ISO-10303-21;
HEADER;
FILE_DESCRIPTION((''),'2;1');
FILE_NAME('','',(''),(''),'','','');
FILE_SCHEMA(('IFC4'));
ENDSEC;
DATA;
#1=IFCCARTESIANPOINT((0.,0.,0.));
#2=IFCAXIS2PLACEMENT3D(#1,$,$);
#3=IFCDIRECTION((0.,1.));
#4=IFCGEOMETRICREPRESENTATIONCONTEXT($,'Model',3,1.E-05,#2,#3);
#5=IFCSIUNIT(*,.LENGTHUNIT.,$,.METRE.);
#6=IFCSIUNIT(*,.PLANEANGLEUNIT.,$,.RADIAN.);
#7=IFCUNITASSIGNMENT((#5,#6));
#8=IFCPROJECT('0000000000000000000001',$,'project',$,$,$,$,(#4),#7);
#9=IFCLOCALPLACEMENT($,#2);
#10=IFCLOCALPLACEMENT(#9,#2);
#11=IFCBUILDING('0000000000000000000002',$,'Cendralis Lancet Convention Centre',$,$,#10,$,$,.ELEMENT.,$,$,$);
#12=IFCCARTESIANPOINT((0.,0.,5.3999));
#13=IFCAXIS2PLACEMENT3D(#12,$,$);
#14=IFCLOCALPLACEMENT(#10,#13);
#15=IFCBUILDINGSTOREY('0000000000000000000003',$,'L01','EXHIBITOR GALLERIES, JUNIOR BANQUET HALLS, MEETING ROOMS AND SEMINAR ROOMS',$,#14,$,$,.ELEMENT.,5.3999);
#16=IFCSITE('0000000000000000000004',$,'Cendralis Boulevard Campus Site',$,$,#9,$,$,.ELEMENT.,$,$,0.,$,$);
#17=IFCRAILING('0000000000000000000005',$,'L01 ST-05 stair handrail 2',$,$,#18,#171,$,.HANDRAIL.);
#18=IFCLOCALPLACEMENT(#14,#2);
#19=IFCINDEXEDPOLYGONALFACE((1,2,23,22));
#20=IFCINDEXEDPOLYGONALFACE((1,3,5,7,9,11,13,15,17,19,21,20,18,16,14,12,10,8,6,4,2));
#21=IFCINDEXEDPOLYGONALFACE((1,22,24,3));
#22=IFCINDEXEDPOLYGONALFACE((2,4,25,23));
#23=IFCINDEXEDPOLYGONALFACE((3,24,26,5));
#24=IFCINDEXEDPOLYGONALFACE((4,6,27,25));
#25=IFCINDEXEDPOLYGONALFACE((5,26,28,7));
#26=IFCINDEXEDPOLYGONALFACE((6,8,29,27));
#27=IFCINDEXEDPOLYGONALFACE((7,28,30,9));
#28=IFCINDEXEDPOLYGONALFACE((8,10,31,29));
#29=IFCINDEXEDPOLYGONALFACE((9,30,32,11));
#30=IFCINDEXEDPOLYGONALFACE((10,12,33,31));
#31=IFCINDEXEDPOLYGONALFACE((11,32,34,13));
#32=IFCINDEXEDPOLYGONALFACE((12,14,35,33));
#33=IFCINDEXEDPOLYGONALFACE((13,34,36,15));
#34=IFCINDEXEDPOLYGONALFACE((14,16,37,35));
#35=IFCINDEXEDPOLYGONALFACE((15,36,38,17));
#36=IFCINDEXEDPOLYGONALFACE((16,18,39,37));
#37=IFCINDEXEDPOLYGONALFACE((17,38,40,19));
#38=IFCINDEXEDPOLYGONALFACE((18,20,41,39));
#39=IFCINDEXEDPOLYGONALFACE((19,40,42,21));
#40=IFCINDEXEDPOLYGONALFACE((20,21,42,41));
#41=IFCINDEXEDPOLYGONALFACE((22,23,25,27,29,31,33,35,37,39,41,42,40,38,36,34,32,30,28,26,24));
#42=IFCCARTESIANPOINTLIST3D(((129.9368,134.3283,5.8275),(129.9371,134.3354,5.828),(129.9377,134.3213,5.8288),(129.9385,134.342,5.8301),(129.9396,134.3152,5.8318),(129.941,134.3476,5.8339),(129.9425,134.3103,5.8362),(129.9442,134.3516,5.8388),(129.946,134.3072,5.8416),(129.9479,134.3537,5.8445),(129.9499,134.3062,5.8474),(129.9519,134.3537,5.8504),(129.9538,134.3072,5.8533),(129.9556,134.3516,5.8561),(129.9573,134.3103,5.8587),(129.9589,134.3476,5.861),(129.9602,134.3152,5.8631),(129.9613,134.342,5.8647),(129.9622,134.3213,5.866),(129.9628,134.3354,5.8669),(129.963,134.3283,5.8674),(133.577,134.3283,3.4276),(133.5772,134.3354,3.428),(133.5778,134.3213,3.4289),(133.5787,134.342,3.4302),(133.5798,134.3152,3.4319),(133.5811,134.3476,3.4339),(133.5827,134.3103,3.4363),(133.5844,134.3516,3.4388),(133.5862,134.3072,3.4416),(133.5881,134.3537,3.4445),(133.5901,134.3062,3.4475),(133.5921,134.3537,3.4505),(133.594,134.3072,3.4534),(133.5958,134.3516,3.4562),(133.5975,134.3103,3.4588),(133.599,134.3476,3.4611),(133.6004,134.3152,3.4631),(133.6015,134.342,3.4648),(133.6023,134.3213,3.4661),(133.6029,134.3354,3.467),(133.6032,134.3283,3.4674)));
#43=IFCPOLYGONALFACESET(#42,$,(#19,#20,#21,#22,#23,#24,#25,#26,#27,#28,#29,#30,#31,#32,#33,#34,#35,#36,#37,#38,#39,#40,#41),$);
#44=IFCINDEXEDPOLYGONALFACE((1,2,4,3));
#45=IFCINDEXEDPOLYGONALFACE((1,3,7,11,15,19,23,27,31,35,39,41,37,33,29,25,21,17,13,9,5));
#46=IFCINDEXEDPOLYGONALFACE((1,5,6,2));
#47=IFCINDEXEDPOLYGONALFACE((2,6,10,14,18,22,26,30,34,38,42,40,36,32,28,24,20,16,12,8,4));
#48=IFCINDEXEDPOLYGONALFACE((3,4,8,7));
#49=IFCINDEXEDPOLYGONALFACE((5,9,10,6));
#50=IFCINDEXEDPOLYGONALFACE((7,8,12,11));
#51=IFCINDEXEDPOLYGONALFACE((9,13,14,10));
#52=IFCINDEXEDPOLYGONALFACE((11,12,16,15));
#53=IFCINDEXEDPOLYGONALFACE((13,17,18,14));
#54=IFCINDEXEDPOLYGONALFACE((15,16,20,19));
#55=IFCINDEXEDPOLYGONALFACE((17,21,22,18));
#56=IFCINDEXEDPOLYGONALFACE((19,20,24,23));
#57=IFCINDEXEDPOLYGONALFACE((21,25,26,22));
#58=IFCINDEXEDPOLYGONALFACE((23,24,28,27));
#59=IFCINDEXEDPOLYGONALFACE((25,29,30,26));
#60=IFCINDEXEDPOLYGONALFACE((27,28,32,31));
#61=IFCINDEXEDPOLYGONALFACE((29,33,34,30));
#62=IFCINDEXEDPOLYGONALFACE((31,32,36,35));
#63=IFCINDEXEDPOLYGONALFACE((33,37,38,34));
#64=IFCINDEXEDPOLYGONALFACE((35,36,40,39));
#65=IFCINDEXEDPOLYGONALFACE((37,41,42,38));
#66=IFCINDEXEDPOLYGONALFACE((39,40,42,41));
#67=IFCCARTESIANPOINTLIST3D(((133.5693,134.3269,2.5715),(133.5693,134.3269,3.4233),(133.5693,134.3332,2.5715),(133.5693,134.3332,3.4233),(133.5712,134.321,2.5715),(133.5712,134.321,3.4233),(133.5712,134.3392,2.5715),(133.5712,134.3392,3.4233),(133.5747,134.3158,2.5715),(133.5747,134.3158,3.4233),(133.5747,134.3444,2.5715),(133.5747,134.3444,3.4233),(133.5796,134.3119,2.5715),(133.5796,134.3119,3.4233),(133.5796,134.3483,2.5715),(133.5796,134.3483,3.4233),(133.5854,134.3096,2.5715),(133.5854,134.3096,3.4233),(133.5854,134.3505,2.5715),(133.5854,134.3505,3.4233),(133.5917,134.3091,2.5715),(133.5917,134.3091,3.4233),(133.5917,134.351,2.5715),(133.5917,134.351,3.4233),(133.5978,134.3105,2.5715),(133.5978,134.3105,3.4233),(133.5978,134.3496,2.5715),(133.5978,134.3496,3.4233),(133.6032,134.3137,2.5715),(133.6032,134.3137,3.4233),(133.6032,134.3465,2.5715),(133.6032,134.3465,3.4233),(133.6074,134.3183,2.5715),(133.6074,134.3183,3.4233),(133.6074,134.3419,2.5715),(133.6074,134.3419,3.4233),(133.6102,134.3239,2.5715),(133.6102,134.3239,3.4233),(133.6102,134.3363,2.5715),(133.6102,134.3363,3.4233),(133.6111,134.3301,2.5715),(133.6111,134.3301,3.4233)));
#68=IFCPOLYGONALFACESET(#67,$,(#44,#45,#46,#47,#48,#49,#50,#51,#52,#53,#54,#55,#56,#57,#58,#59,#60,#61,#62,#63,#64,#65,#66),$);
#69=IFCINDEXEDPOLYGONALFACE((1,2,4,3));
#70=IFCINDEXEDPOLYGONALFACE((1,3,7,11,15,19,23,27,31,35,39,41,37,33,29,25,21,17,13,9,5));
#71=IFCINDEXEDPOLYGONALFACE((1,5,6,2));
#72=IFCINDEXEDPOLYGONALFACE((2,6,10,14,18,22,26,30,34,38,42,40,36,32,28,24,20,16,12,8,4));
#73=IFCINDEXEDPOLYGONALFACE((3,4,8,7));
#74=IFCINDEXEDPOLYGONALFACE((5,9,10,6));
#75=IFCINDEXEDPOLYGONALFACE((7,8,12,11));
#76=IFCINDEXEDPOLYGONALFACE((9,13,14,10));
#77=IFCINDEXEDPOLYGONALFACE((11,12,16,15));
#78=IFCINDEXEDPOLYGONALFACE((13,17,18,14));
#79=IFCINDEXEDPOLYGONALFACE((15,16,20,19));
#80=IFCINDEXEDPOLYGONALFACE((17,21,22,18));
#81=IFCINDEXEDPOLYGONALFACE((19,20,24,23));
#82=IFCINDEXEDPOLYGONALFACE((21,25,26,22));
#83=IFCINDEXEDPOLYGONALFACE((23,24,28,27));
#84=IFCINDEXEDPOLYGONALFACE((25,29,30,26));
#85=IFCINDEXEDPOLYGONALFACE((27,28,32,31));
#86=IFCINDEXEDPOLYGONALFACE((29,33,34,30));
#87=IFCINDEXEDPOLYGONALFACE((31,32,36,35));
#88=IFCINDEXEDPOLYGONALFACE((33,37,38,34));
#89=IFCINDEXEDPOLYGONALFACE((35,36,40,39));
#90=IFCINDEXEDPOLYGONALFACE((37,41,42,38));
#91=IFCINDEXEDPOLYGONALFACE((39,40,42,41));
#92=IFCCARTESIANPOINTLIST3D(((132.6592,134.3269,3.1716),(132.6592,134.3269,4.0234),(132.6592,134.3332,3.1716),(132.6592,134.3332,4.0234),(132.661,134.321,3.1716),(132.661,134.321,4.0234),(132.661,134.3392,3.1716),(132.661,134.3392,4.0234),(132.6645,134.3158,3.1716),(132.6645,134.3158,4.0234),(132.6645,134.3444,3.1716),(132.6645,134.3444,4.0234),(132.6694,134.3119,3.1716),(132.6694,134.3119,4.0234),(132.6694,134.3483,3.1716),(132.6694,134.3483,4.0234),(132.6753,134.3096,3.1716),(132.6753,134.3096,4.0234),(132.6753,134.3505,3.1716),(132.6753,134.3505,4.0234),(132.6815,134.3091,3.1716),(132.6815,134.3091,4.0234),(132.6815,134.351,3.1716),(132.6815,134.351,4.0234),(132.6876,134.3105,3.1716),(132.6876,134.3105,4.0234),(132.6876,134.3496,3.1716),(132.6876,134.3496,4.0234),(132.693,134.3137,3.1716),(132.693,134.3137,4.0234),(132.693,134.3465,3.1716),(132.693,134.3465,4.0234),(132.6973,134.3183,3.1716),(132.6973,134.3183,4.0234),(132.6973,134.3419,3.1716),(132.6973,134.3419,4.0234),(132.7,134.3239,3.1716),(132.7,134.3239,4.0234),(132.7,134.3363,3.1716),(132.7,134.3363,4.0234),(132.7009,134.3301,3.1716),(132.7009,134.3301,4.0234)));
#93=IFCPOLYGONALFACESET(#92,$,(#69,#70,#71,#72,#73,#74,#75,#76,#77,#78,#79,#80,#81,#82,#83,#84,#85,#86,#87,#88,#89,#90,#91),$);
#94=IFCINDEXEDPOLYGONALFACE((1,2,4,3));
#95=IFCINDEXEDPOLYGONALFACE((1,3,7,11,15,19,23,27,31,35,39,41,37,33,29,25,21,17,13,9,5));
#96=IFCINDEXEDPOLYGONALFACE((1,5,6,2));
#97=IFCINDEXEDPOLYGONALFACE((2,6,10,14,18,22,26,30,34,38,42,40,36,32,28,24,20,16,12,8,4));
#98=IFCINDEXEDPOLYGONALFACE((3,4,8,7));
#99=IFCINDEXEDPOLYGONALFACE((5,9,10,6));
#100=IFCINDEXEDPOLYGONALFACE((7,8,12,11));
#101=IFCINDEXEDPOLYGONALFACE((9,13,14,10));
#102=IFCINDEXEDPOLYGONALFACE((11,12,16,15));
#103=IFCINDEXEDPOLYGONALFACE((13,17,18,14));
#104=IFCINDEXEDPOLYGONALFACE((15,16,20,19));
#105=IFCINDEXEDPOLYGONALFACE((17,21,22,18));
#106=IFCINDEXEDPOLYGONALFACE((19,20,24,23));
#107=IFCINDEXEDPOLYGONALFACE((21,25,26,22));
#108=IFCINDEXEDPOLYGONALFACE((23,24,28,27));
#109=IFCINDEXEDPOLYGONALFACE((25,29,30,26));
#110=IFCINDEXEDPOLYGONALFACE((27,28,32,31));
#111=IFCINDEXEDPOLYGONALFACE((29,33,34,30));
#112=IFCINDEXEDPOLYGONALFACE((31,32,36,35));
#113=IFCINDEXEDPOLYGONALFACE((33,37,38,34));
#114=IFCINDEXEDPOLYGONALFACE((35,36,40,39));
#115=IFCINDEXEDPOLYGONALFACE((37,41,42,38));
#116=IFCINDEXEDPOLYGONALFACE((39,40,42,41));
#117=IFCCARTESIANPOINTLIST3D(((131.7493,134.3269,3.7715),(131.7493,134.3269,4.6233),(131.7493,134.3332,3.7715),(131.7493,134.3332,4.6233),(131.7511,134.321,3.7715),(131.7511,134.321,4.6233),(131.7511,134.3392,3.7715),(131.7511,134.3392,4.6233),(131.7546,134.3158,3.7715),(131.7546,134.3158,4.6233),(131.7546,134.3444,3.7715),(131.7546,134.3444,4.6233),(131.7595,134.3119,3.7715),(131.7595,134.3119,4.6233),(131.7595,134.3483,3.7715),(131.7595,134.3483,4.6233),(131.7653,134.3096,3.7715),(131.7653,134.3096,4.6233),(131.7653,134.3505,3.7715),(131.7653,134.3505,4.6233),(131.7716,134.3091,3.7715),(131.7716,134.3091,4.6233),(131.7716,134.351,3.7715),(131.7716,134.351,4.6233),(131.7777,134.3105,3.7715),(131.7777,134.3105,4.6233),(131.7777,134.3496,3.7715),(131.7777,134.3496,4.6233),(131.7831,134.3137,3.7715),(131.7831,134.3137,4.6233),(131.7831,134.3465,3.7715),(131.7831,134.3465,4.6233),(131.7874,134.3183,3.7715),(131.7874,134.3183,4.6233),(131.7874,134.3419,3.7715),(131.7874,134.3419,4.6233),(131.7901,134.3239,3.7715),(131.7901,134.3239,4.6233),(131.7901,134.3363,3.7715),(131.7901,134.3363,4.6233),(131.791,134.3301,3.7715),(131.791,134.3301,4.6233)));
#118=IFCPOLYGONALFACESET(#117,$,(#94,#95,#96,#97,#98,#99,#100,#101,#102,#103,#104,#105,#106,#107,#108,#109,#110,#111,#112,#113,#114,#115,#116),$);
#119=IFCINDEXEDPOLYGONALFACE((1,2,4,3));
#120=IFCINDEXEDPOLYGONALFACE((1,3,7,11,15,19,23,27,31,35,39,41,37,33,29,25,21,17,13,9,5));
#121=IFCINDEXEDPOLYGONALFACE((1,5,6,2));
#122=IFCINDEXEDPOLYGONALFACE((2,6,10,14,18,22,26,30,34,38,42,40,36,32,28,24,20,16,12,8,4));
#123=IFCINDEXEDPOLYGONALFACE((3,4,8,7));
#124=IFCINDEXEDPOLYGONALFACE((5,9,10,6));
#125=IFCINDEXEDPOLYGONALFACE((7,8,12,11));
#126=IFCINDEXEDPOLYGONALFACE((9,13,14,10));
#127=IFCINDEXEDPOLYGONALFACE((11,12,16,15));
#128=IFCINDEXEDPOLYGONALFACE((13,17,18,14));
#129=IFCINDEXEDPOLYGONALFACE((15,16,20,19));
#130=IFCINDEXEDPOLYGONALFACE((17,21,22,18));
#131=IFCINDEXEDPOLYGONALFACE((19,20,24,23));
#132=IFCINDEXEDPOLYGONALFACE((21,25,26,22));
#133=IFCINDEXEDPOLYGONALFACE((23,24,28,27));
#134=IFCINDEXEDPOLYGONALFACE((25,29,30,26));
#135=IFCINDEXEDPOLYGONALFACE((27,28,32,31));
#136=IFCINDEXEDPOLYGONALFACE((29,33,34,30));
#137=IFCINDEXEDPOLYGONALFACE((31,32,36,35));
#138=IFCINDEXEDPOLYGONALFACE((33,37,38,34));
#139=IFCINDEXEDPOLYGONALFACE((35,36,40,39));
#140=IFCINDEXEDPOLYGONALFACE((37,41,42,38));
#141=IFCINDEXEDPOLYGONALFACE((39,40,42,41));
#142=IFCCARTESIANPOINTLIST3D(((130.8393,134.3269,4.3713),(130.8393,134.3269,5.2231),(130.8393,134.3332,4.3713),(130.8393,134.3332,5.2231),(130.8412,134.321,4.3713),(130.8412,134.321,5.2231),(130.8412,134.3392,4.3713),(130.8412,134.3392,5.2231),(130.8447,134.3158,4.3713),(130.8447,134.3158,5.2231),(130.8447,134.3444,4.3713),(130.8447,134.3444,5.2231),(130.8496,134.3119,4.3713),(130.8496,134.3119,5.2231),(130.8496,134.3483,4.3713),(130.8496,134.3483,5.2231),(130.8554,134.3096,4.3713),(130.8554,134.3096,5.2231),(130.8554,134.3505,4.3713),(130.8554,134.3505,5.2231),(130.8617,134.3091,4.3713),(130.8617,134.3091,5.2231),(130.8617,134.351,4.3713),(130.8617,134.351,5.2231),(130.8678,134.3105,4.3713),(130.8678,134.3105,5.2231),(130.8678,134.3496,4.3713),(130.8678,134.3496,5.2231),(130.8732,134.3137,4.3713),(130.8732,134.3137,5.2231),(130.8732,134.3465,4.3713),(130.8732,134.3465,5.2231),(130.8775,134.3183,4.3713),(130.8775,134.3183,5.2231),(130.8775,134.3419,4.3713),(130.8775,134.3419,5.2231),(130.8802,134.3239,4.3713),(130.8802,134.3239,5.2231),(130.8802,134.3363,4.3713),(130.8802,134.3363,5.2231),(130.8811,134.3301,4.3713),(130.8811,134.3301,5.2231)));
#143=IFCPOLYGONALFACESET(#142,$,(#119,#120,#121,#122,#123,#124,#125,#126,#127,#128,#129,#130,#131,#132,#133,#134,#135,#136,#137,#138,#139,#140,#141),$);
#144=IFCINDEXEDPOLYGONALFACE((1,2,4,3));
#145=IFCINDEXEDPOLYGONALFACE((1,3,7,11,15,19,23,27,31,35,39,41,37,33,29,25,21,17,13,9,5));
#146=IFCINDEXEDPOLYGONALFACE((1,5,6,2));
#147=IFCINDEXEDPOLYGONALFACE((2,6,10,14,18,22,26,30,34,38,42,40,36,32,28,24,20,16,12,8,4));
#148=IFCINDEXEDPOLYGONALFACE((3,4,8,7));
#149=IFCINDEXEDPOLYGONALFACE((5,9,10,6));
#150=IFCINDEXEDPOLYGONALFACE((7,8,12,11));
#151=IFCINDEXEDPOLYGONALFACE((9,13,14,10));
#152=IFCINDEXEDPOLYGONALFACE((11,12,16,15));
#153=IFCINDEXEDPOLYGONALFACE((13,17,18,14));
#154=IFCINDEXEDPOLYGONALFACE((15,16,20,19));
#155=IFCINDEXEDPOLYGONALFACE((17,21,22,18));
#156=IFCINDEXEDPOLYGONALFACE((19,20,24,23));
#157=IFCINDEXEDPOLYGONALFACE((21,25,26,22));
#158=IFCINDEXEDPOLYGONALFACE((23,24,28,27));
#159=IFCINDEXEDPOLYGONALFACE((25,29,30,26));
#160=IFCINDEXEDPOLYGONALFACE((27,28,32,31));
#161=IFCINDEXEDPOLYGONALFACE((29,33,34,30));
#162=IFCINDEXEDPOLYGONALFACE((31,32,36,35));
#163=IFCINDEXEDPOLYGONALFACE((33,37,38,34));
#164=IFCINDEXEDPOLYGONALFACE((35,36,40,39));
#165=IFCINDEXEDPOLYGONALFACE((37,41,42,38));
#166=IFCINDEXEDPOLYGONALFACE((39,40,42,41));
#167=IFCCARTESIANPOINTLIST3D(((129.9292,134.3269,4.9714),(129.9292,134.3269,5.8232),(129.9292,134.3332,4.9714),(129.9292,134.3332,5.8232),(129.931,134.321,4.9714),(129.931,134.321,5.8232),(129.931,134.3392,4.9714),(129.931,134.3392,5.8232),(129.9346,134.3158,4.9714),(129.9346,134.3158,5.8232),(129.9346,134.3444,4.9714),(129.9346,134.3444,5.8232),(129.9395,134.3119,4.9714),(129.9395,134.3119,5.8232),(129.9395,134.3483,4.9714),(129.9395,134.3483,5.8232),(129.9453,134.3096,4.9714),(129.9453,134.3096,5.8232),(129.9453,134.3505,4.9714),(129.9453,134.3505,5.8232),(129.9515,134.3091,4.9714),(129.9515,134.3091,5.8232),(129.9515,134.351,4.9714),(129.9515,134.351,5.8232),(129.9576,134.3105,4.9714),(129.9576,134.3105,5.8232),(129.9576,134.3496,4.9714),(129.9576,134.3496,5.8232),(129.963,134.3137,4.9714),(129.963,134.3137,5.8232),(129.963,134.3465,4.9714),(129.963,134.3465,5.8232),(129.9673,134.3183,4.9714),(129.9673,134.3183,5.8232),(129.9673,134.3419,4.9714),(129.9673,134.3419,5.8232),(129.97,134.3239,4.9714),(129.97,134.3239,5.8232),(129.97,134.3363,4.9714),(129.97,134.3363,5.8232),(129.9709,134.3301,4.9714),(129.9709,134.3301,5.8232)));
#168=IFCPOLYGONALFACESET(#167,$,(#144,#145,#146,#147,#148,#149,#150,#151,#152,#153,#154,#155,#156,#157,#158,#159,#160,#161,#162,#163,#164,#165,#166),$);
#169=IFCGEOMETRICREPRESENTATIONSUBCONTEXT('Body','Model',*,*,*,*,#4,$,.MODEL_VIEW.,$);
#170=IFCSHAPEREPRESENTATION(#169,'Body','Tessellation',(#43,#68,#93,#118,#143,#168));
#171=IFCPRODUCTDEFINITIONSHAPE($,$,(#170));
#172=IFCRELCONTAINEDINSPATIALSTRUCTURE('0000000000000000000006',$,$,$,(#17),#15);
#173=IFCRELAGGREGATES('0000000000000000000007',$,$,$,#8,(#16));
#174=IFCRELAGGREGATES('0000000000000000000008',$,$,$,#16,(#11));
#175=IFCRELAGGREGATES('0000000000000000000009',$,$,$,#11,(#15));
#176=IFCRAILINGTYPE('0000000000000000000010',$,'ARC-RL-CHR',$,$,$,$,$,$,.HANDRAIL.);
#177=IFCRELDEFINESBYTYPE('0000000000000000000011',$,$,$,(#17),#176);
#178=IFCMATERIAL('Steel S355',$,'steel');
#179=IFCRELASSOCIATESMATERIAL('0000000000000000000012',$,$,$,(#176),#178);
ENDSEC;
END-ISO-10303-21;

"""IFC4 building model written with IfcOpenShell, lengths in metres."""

from ifc_helpers import new_model, si_unit, direction, frame, origin, origin_2d, place, context, subcontext, project, spatial, circle, extrude, material, type_object, element, save


model = new_model("IFC4")

# Units and contexts
model_context = context("Model", 3, precision=1e-05, world=origin(), true_north=direction((0.0, 1.0)))
body_context = subcontext(model_context, "Body", "Model", "MODEL_VIEW")
ifc_project = project(units=[si_unit("LENGTHUNIT", "METRE"), si_unit("PLANEANGLEUNIT", "RADIAN")], contexts=[model_context])

# Site, building, storey
site_placement = place(None, origin())
site = spatial("IfcSite", under=ifc_project, at=site_placement, Name="Cendralis Boulevard Campus Site", CompositionType="ELEMENT", RefElevation=0.0)
building_placement = place(site_placement, origin())
building = spatial("IfcBuilding", under=site, at=building_placement, Name="Cendralis Lancet Convention Centre", CompositionType="ELEMENT")
storey_placement = place(building_placement, frame((0.0, 0.0, 5.3999)))
storey = spatial("IfcBuildingStorey", under=building, at=storey_placement, Name="L01", Description="EXHIBITOR GALLERIES, JUNIOR BANQUET HALLS, MEETING ROOMS AND SEMINAR ROOMS", CompositionType="ELEMENT", Elevation=5.3999)

# Shared definitions
ifc_material_1 = material(Name="Steel S355", Category="steel")

# Railing
railing_type_1 = type_object("IfcRailingType", Name="ARC-RL-CHR", PredefinedType="HANDRAIL", material=ifc_material_1)
railing_1_placement = place(storey_placement, frame((133.5901, 134.3301, 2.5715)))
element("IfcRailing", 1, at=railing_1_placement, inside=storey, type_object=railing_type_1, Name="L01 ST-05 stair handrail 2", PredefinedType="HANDRAIL", context=body_context, shape_type="SweptSolid", body=[
    extrude(circle(Radius=0.0239, at=origin_2d()), frame((0.0, 0.0, 0.876), z_axis=(-0.834882, 0.0, 0.550429), x_axis=(0.0, -1.0, 0.0)), (0.0, 0.0, 1.0), 4.3601),
    extrude(circle(Radius=0.021, at=origin_2d()), origin(), (0.0, 0.0, 1.0), 0.8518),
    extrude(circle(Radius=0.021, at=origin_2d()), frame((-0.9102, 0.0, 0.6001)), (0.0, 0.0, 1.0), 0.8518),
    extrude(circle(Radius=0.021, at=origin_2d()), frame((-1.8201, 0.0, 1.2)), (0.0, 0.0, 1.0), 0.8518),
    extrude(circle(Radius=0.021, at=origin_2d()), frame((-2.73, 0.0, 1.7998)), (0.0, 0.0, 1.0), 0.8518),
    extrude(circle(Radius=0.021, at=origin_2d()), frame((-3.6401, 0.0, 2.3999)), (0.0, 0.0, 1.0), 0.8518),
])

save(model, "model.ifc")
